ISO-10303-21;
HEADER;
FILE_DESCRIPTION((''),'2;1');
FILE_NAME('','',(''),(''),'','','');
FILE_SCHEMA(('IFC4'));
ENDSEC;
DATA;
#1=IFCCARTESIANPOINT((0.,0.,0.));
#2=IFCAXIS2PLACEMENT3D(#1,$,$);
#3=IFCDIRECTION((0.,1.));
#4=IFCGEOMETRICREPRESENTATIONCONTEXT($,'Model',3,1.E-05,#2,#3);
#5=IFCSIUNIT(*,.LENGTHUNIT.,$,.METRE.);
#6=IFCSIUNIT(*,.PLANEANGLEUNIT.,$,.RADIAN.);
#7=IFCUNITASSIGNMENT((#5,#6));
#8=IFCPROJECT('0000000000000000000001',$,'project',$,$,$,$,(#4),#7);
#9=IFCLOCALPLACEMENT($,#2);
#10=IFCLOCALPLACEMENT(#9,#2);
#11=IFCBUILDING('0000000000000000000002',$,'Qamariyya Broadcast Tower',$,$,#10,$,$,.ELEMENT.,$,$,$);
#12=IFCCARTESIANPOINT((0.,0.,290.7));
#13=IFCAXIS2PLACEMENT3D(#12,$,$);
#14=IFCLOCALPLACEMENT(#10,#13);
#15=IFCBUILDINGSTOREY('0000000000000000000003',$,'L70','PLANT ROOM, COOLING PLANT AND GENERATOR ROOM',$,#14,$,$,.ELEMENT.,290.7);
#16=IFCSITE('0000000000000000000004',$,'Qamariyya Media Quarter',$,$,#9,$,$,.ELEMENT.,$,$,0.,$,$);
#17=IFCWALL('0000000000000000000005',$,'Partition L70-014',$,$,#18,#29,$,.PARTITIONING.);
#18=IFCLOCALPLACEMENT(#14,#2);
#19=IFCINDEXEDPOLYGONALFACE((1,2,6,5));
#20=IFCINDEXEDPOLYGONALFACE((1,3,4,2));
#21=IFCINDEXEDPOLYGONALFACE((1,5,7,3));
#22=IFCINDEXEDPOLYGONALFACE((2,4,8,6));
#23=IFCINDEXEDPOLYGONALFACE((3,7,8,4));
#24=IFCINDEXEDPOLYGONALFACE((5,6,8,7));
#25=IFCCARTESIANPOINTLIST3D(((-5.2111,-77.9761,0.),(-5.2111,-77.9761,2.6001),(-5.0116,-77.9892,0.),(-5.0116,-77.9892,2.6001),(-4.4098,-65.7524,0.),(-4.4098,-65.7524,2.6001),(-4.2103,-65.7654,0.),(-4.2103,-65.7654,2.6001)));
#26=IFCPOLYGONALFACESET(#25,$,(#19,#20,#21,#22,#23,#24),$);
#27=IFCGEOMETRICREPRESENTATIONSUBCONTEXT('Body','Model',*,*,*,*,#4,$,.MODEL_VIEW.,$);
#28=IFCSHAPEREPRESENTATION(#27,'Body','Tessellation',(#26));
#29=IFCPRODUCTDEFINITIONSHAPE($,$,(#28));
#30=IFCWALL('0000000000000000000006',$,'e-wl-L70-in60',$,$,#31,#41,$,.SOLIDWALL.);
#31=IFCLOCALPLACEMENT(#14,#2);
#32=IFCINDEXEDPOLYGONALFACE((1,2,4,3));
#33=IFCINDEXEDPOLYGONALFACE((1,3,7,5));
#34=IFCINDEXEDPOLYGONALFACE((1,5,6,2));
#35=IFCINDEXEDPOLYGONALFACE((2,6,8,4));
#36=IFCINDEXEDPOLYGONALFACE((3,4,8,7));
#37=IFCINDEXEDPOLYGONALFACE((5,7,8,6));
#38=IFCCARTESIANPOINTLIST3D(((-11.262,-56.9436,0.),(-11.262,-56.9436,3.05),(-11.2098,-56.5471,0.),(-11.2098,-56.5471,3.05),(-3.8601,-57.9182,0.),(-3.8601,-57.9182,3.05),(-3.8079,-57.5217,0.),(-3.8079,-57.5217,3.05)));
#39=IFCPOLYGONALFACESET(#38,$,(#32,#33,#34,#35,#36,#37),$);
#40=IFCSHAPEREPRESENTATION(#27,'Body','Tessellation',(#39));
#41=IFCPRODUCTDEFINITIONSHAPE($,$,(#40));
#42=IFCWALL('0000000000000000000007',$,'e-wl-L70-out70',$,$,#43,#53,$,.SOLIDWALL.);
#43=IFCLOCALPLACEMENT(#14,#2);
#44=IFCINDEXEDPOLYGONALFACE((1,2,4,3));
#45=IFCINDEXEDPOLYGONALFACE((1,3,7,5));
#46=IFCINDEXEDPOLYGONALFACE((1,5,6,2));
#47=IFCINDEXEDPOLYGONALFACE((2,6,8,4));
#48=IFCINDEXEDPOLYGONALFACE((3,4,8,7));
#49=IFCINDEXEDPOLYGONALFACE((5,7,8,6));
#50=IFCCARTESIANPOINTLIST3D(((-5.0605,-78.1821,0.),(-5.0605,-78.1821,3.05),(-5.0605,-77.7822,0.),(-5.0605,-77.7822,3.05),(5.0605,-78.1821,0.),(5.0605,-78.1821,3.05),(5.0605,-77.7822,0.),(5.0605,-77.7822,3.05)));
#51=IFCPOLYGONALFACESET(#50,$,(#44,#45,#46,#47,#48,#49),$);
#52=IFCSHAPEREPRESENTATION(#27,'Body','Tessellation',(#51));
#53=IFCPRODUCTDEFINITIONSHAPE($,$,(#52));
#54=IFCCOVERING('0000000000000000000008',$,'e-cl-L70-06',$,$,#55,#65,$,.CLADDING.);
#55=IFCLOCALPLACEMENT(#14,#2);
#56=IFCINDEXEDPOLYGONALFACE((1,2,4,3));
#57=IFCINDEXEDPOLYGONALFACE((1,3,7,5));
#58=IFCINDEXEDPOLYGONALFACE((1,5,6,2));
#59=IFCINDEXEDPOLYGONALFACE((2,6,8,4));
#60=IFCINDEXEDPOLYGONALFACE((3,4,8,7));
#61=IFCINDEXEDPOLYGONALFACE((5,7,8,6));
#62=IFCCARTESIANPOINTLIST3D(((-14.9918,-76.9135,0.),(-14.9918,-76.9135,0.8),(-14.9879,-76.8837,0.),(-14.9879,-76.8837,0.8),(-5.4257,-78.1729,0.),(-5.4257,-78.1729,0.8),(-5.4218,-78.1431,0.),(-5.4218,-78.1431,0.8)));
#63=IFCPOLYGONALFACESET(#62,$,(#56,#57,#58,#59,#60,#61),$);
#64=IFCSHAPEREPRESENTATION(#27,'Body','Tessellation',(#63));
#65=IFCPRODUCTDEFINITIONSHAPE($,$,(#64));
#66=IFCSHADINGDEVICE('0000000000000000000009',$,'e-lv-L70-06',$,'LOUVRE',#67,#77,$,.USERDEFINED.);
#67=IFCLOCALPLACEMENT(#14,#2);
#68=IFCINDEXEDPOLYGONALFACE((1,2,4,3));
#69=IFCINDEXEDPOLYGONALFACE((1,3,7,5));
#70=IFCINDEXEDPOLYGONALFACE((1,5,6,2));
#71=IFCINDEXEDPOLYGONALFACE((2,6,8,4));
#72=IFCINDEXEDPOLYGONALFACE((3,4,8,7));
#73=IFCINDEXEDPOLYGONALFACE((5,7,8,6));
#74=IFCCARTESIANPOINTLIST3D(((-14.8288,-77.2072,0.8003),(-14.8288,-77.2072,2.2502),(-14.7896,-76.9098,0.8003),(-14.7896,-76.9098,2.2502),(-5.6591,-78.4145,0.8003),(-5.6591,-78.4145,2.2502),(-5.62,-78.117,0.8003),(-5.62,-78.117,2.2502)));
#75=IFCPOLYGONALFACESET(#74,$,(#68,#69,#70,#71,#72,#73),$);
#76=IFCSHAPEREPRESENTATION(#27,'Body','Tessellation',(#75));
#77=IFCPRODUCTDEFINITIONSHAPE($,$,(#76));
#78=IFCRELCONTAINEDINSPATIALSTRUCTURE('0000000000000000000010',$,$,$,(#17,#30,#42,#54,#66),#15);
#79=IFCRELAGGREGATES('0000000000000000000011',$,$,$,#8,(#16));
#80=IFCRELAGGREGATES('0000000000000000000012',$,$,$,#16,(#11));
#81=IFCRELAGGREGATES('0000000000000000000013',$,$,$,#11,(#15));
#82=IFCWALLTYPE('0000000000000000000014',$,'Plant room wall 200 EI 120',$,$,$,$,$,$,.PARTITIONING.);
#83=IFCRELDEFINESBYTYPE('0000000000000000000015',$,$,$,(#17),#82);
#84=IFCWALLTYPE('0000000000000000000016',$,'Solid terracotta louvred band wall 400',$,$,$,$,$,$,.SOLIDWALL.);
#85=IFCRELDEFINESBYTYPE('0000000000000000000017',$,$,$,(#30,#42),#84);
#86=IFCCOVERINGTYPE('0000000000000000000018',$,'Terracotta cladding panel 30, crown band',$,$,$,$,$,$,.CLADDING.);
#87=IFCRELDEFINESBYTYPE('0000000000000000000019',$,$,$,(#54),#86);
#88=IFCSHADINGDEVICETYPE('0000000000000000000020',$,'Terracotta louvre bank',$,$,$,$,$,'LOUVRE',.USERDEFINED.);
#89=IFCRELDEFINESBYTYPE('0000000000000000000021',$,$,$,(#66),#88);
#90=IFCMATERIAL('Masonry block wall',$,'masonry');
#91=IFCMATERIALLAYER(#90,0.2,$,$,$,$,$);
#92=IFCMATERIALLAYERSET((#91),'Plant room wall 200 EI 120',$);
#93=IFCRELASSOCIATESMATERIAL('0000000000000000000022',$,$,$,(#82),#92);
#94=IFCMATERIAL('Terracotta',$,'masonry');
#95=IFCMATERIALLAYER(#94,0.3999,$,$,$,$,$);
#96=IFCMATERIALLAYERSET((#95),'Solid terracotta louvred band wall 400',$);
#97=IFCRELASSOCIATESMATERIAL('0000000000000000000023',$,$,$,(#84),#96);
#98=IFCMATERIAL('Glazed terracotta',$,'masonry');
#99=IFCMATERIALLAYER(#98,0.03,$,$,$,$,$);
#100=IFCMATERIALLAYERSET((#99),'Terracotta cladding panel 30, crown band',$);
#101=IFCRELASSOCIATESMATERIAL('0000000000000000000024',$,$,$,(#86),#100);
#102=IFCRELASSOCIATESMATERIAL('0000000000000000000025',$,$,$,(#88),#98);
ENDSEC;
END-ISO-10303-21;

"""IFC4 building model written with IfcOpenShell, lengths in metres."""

from ifc_helpers import new_model, si_unit, direction, frame, frame_2d, origin, origin_2d, place, context, subcontext, project, spatial, rectangle, extrude, material, layer, layer_set, type_object, element, save


model = new_model("IFC4")

# Units and contexts
model_context = context("Model", 3, precision=1e-05, world=origin(), true_north=direction((0.0, 1.0)))
body_context = subcontext(model_context, "Body", "Model", "MODEL_VIEW")
ifc_project = project(units=[si_unit("LENGTHUNIT", "METRE"), si_unit("PLANEANGLEUNIT", "RADIAN")], contexts=[model_context])

# Site, building, storey
site_placement = place(None, origin())
site = spatial("IfcSite", under=ifc_project, at=site_placement, Name="Qamariyya Media Quarter", CompositionType="ELEMENT", RefElevation=0.0)
building_placement = place(site_placement, origin())
building = spatial("IfcBuilding", under=site, at=building_placement, Name="Qamariyya Broadcast Tower", CompositionType="ELEMENT")
storey_placement = place(building_placement, frame((0.0, 0.0, 290.7)))
storey = spatial("IfcBuildingStorey", under=building, at=storey_placement, Name="L70", Description="PLANT ROOM, COOLING PLANT AND GENERATOR ROOM", CompositionType="ELEMENT", Elevation=290.7)

# Shared definitions
ifc_material_1 = material(Name="Masonry block wall", Category="masonry")
ifc_layer_1 = layer(ifc_material_1, 0.2)
ifc_layer_set_1 = layer_set([ifc_layer_1], Name="Plant room wall 200 EI 120")
wall_type_1 = type_object("IfcWallType", Name="Plant room wall 200 EI 120", PredefinedType="PARTITIONING", material=ifc_layer_set_1)

# Walls
wall_1_placement = place(storey_placement, frame((-5.1113, -77.9827, 0.0), z_axis=(0.0, 0.0, 1.0), x_axis=(0.065409, 0.997859, 0.0)))
element("IfcWall", 1, at=wall_1_placement, inside=storey, type_object=wall_type_1, Name="Partition L70-014", PredefinedType="PARTITIONING", context=body_context, shape_type="SweptSolid", body=[
    extrude(rectangle(XDim=12.25, YDim=0.2, at=frame_2d((6.125, 0.0))), origin(), (0.0, 0.0, 1.0), 2.6001),
])
ifc_material_2 = material(Name="Terracotta", Category="masonry")
ifc_layer_2 = layer(ifc_material_2, 0.3999)
ifc_layer_set_2 = layer_set([ifc_layer_2], Name="Solid terracotta louvred band wall 400")
wall_type_2 = type_object("IfcWallType", Name="Solid terracotta louvred band wall 400", PredefinedType="SOLIDWALL", material=ifc_layer_set_2)
wall_2_placement = place(storey_placement, frame((-3.834, -57.72, 0.0), z_axis=(0.0, 0.0, 1.0), x_axis=(-0.991442, 0.130544, 0.0)))
element("IfcWall", 2, at=wall_2_placement, inside=storey, type_object=wall_type_2, Name="e-wl-L70-in60", PredefinedType="SOLIDWALL", context=body_context, shape_type="SweptSolid", body=[
    extrude(rectangle(XDim=7.4658, YDim=0.3999, at=frame_2d((3.7329, 0.0))), origin(), (0.0, 0.0, 1.0), 3.05),
])
wall_3_placement = place(storey_placement, frame((-5.0605, -77.9822, 0.0), z_axis=(0.0, 0.0, 1.0), x_axis=(1.0, 0.0, 0.0)))
element("IfcWall", 3, at=wall_3_placement, inside=storey, type_object=wall_type_2, Name="e-wl-L70-out70", PredefinedType="SOLIDWALL", context=body_context, shape_type="SweptSolid", body=[
    extrude(rectangle(XDim=10.1211, YDim=0.3999, at=frame_2d((5.0605, 0.0))), origin(), (0.0, 0.0, 1.0), 3.05),
])

# Covering
ifc_material_3 = material(Name="Glazed terracotta", Category="masonry")
ifc_layer_3 = layer(ifc_material_3, 0.03)
ifc_layer_set_3 = layer_set([ifc_layer_3], Name="Terracotta cladding panel 30, crown band")
covering_type = type_object("IfcCoveringType", Name="Terracotta cladding panel 30, crown band", PredefinedType="CLADDING", material=ifc_layer_set_3)
covering_placement = place(storey_placement, frame((-10.2068, -77.5283, 0.0), z_axis=(0.0, 0.0, 1.0), x_axis=(0.991445, -0.130526, 0.0)))
element("IfcCovering", 4, at=covering_placement, inside=storey, type_object=covering_type, Name="e-cl-L70-06", PredefinedType="CLADDING", context=body_context, shape_type="SweptSolid", body=[
    extrude(rectangle(XDim=9.6487, YDim=0.03, at=origin_2d()), origin(), (0.0, 0.0, 1.0), 0.8),
])

# Shading device
shading_device_type = type_object("IfcShadingDeviceType", Name="Terracotta louvre bank", ElementType="LOUVRE", PredefinedType="USERDEFINED", material=ifc_material_3)
shading_device_placement = place(storey_placement, frame((-10.2244, -77.6621, 0.8003), z_axis=(0.0, 0.0, 1.0), x_axis=(0.991445, -0.130526, 0.0)))
element("IfcShadingDevice", 5, at=shading_device_placement, inside=storey, type_object=shading_device_type, Name="e-lv-L70-06", ObjectType="LOUVRE", PredefinedType="USERDEFINED", context=body_context, shape_type="SweptSolid", body=[
    extrude(rectangle(XDim=9.2488, YDim=0.3, at=origin_2d()), origin(), (0.0, 0.0, 1.0), 1.45),
])

save(model, "model.ifc")
